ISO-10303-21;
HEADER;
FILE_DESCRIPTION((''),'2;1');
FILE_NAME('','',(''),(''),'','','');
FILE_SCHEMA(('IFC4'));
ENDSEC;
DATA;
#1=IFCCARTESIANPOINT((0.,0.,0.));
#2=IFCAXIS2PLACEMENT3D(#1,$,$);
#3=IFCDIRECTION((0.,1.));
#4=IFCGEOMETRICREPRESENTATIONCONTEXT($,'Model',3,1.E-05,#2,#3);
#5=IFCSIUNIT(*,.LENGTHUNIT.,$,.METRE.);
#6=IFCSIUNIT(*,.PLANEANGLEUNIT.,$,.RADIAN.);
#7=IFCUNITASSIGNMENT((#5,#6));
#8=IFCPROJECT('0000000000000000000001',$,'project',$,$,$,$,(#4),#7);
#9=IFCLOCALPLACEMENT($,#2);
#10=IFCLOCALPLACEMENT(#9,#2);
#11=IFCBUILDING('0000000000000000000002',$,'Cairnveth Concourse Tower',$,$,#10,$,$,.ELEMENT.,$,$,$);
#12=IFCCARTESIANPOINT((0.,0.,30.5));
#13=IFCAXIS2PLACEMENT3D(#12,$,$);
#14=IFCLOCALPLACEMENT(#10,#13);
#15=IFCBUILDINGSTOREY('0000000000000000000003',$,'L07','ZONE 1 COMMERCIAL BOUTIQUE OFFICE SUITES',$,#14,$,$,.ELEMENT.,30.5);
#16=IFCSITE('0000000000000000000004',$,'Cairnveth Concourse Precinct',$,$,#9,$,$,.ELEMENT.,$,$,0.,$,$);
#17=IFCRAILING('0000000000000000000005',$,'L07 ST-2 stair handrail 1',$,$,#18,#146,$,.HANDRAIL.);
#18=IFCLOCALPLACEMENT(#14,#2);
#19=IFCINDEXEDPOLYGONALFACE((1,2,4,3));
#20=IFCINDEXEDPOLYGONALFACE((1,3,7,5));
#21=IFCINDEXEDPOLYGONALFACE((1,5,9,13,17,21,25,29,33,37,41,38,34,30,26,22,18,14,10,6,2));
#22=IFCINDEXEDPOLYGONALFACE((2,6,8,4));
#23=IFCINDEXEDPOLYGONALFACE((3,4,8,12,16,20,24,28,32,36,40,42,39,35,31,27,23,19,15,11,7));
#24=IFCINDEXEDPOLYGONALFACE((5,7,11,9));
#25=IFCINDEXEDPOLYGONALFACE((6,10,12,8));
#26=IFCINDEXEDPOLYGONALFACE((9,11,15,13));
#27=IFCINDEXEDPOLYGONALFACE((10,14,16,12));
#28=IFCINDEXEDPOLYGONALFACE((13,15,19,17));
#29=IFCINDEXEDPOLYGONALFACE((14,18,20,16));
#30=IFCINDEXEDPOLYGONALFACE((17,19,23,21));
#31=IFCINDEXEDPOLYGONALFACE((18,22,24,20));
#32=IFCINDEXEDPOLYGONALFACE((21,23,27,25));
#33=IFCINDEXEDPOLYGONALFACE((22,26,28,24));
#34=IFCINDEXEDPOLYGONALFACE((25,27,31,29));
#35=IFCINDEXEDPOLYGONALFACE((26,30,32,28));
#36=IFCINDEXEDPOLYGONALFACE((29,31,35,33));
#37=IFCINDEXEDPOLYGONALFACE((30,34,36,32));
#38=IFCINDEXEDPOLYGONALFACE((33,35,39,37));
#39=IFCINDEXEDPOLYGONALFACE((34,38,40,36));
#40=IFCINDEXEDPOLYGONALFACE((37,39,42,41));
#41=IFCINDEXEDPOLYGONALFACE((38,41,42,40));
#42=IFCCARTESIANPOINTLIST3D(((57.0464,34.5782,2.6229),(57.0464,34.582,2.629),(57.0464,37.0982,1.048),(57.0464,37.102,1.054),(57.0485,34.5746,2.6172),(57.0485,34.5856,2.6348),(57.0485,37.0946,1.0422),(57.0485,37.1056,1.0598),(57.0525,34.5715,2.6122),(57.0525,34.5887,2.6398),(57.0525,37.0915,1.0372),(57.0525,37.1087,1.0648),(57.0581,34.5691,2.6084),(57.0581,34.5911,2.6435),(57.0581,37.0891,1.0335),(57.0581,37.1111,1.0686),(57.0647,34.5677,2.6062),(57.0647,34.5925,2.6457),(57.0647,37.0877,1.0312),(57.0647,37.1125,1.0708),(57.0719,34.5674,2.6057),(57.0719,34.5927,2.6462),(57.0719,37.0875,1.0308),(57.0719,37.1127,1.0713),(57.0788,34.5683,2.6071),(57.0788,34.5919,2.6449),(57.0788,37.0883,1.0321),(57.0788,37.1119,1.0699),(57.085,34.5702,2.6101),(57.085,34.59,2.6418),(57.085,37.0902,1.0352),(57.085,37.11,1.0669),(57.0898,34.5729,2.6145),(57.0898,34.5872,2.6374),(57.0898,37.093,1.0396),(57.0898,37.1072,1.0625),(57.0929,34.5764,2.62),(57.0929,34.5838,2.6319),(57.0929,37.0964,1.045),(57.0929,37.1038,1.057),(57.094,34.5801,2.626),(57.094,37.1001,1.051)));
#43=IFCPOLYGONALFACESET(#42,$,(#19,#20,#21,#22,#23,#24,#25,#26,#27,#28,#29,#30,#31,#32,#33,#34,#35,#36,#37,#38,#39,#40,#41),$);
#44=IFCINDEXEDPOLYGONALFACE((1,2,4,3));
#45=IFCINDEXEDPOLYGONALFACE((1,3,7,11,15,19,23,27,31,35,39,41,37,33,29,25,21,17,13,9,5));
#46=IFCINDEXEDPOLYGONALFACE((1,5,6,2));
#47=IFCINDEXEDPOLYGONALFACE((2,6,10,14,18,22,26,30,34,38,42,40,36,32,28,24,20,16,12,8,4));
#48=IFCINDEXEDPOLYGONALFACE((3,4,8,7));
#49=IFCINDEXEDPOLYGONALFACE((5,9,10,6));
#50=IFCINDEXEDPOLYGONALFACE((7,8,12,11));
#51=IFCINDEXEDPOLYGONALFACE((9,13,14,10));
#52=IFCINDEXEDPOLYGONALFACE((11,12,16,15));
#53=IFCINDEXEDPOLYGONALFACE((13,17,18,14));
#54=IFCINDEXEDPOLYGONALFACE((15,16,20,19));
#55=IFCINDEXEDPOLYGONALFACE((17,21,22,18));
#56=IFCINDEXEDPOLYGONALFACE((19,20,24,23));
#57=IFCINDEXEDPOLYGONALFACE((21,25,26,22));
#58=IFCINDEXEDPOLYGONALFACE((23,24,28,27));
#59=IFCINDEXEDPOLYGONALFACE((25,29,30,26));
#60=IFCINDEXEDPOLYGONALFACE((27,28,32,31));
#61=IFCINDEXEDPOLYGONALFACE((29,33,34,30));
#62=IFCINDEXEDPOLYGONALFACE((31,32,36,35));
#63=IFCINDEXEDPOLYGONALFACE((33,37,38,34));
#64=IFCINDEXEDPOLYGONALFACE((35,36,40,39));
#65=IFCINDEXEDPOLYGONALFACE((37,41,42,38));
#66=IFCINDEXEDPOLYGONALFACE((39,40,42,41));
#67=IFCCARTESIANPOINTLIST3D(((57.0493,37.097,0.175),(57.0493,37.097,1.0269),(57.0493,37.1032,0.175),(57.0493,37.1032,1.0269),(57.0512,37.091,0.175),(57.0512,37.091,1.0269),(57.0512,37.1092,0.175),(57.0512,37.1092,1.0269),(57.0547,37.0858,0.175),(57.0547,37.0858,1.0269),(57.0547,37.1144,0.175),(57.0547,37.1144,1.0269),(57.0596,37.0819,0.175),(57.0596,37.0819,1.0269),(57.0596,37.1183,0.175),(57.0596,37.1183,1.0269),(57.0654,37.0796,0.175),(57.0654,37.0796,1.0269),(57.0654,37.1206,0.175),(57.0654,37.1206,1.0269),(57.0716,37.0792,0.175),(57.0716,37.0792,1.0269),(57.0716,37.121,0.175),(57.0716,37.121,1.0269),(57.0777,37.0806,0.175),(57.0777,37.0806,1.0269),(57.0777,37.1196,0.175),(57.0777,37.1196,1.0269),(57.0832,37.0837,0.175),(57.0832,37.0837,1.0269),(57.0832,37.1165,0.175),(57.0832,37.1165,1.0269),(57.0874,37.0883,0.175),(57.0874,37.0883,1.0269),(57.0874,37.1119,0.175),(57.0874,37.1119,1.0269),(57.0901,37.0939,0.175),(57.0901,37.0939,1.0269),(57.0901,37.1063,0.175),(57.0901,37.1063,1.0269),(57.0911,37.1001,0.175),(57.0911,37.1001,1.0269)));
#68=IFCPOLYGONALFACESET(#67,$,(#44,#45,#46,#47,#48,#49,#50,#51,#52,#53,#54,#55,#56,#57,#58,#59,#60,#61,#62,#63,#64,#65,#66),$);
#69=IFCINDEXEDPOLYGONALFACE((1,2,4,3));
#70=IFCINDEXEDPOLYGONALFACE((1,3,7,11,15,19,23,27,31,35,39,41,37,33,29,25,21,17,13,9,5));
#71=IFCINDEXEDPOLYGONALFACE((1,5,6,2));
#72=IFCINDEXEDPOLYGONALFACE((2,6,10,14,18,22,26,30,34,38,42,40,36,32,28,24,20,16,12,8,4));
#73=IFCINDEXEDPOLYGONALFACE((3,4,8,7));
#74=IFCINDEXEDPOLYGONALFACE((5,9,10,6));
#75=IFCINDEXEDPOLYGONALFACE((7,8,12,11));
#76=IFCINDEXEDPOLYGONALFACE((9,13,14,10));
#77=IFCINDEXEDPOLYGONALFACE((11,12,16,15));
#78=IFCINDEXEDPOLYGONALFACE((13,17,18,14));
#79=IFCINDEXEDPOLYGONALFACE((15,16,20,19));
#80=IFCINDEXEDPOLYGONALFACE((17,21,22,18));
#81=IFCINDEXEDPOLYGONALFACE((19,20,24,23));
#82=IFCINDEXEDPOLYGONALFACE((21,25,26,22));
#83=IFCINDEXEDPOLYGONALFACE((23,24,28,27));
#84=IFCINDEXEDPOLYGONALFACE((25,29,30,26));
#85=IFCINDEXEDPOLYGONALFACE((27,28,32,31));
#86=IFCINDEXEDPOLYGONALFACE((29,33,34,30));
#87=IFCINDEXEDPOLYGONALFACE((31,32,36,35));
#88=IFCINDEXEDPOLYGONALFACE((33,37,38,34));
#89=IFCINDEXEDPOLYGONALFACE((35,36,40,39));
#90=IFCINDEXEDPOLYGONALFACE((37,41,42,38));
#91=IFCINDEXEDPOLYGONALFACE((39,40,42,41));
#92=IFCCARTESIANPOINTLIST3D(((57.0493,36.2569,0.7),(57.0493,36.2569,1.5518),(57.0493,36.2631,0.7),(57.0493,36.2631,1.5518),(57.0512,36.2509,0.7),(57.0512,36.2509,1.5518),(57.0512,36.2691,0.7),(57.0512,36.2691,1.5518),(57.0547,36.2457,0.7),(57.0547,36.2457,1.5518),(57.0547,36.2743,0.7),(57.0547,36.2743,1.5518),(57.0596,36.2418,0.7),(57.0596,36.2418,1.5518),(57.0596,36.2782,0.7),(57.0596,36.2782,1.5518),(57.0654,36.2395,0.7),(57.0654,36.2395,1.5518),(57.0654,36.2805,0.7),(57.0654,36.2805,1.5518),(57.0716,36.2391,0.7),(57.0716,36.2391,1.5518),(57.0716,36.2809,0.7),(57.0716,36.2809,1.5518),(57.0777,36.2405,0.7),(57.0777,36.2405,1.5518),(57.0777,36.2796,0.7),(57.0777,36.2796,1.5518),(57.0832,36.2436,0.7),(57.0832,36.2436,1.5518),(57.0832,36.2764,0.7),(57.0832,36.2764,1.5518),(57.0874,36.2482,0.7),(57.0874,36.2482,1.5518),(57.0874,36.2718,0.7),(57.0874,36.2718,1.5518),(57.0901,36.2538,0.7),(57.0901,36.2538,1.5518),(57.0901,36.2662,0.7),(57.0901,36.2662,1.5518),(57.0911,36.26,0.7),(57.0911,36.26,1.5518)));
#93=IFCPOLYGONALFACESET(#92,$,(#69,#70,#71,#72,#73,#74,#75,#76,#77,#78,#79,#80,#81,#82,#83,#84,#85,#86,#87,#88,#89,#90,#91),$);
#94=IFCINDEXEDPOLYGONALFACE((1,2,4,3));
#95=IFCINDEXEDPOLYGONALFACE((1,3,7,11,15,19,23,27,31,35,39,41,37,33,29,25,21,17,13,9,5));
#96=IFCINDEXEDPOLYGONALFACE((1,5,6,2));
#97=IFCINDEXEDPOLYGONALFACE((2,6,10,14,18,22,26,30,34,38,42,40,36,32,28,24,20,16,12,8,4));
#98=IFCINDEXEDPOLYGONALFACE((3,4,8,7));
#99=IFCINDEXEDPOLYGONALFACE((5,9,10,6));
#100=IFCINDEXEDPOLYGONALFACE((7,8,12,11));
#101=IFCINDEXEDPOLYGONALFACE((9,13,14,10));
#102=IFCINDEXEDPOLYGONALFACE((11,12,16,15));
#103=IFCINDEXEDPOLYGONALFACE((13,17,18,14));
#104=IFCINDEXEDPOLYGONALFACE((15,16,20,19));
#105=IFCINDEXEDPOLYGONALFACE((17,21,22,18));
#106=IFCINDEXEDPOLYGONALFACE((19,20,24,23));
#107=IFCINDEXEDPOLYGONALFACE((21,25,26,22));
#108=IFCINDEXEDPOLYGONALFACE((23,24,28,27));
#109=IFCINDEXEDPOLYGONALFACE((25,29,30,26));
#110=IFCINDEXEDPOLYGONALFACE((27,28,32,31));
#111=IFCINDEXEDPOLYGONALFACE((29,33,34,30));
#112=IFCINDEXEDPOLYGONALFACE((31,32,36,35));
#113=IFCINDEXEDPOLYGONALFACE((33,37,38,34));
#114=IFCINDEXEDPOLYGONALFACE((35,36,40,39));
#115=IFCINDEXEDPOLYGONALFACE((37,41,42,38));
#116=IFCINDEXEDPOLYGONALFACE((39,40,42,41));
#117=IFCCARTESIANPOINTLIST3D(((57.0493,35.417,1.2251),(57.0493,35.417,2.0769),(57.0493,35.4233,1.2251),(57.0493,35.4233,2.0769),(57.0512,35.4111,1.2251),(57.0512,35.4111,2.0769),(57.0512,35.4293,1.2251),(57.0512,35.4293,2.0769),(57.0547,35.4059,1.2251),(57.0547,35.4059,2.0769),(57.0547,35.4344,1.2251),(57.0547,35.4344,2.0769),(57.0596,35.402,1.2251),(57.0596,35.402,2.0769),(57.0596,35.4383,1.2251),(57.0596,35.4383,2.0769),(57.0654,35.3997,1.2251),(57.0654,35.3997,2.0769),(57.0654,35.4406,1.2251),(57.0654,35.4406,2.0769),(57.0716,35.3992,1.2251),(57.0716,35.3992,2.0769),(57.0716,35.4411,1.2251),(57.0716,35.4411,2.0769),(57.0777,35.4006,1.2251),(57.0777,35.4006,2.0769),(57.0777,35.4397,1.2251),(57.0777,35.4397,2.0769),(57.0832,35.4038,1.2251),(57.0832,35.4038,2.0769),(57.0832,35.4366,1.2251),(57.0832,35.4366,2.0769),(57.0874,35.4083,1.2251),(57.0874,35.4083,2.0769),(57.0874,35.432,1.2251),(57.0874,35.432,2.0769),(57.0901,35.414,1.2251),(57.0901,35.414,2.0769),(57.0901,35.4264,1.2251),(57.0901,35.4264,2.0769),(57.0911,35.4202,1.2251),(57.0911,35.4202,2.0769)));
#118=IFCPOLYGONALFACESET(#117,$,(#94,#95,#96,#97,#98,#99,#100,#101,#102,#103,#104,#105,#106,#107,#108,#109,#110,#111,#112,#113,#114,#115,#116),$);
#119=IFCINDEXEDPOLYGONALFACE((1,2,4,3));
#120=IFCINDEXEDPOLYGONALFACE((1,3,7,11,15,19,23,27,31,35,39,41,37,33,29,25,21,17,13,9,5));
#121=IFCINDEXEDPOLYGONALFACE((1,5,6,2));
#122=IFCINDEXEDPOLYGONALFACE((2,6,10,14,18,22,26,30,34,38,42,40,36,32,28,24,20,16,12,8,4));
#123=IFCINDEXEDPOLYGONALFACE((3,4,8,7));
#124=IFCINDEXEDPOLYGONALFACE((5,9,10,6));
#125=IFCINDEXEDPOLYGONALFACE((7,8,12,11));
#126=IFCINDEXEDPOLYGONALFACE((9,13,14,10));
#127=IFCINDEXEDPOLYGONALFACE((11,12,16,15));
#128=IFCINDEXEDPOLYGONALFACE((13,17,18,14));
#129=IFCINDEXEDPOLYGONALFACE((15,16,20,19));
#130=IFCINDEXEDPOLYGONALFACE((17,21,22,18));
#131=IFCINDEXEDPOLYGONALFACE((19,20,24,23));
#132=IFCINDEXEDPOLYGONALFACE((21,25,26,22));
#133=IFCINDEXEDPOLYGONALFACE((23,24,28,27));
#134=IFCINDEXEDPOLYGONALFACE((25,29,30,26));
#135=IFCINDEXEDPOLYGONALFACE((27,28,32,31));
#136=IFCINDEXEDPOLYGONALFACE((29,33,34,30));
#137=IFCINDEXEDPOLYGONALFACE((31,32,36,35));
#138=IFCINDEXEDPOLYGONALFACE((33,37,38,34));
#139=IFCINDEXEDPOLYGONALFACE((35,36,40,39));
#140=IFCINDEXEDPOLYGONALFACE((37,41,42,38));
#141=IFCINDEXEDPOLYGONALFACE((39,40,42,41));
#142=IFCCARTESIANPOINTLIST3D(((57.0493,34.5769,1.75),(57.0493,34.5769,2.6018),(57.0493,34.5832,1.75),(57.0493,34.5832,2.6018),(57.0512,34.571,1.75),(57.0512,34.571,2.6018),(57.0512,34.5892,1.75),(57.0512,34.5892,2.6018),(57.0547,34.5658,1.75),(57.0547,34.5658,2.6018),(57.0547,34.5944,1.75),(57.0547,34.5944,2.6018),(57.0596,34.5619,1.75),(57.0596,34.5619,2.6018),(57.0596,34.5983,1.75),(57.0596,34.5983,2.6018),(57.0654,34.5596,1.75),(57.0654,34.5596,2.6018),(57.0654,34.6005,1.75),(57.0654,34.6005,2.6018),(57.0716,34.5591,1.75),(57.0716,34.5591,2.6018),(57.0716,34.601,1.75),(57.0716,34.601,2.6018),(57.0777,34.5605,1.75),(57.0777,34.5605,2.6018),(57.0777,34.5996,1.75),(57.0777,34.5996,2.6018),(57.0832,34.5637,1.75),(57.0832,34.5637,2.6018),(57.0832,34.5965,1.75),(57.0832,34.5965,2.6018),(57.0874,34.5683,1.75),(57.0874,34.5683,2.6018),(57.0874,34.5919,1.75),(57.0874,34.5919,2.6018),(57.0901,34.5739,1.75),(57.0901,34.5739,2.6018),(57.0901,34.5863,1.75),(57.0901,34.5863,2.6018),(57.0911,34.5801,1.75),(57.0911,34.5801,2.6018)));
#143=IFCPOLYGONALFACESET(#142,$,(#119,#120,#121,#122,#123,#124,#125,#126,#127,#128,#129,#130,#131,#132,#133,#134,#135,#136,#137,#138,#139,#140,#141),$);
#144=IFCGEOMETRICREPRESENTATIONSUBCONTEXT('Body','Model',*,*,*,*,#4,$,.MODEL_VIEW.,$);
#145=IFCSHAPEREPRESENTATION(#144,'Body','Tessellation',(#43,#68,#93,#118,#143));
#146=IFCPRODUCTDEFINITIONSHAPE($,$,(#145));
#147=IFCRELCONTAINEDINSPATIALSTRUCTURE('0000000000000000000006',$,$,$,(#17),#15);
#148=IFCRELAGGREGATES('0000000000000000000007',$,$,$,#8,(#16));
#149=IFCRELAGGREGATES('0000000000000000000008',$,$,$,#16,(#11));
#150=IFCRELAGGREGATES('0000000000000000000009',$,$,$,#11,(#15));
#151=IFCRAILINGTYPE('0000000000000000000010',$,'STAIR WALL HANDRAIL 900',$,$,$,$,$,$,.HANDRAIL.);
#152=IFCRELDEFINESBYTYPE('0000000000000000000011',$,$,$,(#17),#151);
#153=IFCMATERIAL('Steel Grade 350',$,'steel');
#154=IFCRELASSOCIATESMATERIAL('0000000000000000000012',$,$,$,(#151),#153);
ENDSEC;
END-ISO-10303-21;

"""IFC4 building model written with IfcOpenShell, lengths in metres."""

from ifc_helpers import new_model, si_unit, direction, frame, origin, origin_2d, place, context, subcontext, project, spatial, circle, extrude, material, type_object, element, save


model = new_model("IFC4")

# Units and contexts
model_context = context("Model", 3, precision=1e-05, world=origin(), true_north=direction((0.0, 1.0)))
body_context = subcontext(model_context, "Body", "Model", "MODEL_VIEW")
ifc_project = project(units=[si_unit("LENGTHUNIT", "METRE"), si_unit("PLANEANGLEUNIT", "RADIAN")], contexts=[model_context])

# Site, building, storey
site_placement = place(None, origin())
site = spatial("IfcSite", under=ifc_project, at=site_placement, Name="Cairnveth Concourse Precinct", CompositionType="ELEMENT", RefElevation=0.0)
building_placement = place(site_placement, origin())
building = spatial("IfcBuilding", under=site, at=building_placement, Name="Cairnveth Concourse Tower", CompositionType="ELEMENT")
storey_placement = place(building_placement, frame((0.0, 0.0, 30.5)))
storey = spatial("IfcBuildingStorey", under=building, at=storey_placement, Name="L07", Description="ZONE 1 COMMERCIAL BOUTIQUE OFFICE SUITES", CompositionType="ELEMENT", Elevation=30.5)

# Shared definitions
ifc_material_1 = material(Name="Steel Grade 350", Category="steel")

# Railing
railing_type_1 = type_object("IfcRailingType", Name="STAIR WALL HANDRAIL 900", PredefinedType="HANDRAIL", material=ifc_material_1)
railing_1_placement = place(storey_placement, frame((57.0701, 37.1001, 0.175)))
element("IfcRailing", 1, at=railing_1_placement, inside=storey, type_object=railing_type_1, Name="L07 ST-2 stair handrail 1", PredefinedType="HANDRAIL", context=body_context, shape_type="SweptSolid", body=[
    extrude(circle(Radius=0.0239, at=origin_2d()), frame((0.0, 0.0, 0.876), z_axis=(0.0, -0.848008, 0.529984), x_axis=(1.0, 0.0, 0.0)), (0.0, 0.0, 1.0), 2.9717),
    extrude(circle(Radius=0.021, at=origin_2d()), origin(), (0.0, 0.0, 1.0), 0.8518),
    extrude(circle(Radius=0.021, at=origin_2d()), frame((0.0, -0.8401, 0.5249)), (0.0, 0.0, 1.0), 0.8518),
    extrude(circle(Radius=0.021, at=origin_2d()), frame((0.0, -1.6799, 1.05)), (0.0, 0.0, 1.0), 0.8518),
    extrude(circle(Radius=0.021, at=origin_2d()), frame((0.0, -2.52, 1.575)), (0.0, 0.0, 1.0), 0.8518),
])

save(model, "model.ifc")
